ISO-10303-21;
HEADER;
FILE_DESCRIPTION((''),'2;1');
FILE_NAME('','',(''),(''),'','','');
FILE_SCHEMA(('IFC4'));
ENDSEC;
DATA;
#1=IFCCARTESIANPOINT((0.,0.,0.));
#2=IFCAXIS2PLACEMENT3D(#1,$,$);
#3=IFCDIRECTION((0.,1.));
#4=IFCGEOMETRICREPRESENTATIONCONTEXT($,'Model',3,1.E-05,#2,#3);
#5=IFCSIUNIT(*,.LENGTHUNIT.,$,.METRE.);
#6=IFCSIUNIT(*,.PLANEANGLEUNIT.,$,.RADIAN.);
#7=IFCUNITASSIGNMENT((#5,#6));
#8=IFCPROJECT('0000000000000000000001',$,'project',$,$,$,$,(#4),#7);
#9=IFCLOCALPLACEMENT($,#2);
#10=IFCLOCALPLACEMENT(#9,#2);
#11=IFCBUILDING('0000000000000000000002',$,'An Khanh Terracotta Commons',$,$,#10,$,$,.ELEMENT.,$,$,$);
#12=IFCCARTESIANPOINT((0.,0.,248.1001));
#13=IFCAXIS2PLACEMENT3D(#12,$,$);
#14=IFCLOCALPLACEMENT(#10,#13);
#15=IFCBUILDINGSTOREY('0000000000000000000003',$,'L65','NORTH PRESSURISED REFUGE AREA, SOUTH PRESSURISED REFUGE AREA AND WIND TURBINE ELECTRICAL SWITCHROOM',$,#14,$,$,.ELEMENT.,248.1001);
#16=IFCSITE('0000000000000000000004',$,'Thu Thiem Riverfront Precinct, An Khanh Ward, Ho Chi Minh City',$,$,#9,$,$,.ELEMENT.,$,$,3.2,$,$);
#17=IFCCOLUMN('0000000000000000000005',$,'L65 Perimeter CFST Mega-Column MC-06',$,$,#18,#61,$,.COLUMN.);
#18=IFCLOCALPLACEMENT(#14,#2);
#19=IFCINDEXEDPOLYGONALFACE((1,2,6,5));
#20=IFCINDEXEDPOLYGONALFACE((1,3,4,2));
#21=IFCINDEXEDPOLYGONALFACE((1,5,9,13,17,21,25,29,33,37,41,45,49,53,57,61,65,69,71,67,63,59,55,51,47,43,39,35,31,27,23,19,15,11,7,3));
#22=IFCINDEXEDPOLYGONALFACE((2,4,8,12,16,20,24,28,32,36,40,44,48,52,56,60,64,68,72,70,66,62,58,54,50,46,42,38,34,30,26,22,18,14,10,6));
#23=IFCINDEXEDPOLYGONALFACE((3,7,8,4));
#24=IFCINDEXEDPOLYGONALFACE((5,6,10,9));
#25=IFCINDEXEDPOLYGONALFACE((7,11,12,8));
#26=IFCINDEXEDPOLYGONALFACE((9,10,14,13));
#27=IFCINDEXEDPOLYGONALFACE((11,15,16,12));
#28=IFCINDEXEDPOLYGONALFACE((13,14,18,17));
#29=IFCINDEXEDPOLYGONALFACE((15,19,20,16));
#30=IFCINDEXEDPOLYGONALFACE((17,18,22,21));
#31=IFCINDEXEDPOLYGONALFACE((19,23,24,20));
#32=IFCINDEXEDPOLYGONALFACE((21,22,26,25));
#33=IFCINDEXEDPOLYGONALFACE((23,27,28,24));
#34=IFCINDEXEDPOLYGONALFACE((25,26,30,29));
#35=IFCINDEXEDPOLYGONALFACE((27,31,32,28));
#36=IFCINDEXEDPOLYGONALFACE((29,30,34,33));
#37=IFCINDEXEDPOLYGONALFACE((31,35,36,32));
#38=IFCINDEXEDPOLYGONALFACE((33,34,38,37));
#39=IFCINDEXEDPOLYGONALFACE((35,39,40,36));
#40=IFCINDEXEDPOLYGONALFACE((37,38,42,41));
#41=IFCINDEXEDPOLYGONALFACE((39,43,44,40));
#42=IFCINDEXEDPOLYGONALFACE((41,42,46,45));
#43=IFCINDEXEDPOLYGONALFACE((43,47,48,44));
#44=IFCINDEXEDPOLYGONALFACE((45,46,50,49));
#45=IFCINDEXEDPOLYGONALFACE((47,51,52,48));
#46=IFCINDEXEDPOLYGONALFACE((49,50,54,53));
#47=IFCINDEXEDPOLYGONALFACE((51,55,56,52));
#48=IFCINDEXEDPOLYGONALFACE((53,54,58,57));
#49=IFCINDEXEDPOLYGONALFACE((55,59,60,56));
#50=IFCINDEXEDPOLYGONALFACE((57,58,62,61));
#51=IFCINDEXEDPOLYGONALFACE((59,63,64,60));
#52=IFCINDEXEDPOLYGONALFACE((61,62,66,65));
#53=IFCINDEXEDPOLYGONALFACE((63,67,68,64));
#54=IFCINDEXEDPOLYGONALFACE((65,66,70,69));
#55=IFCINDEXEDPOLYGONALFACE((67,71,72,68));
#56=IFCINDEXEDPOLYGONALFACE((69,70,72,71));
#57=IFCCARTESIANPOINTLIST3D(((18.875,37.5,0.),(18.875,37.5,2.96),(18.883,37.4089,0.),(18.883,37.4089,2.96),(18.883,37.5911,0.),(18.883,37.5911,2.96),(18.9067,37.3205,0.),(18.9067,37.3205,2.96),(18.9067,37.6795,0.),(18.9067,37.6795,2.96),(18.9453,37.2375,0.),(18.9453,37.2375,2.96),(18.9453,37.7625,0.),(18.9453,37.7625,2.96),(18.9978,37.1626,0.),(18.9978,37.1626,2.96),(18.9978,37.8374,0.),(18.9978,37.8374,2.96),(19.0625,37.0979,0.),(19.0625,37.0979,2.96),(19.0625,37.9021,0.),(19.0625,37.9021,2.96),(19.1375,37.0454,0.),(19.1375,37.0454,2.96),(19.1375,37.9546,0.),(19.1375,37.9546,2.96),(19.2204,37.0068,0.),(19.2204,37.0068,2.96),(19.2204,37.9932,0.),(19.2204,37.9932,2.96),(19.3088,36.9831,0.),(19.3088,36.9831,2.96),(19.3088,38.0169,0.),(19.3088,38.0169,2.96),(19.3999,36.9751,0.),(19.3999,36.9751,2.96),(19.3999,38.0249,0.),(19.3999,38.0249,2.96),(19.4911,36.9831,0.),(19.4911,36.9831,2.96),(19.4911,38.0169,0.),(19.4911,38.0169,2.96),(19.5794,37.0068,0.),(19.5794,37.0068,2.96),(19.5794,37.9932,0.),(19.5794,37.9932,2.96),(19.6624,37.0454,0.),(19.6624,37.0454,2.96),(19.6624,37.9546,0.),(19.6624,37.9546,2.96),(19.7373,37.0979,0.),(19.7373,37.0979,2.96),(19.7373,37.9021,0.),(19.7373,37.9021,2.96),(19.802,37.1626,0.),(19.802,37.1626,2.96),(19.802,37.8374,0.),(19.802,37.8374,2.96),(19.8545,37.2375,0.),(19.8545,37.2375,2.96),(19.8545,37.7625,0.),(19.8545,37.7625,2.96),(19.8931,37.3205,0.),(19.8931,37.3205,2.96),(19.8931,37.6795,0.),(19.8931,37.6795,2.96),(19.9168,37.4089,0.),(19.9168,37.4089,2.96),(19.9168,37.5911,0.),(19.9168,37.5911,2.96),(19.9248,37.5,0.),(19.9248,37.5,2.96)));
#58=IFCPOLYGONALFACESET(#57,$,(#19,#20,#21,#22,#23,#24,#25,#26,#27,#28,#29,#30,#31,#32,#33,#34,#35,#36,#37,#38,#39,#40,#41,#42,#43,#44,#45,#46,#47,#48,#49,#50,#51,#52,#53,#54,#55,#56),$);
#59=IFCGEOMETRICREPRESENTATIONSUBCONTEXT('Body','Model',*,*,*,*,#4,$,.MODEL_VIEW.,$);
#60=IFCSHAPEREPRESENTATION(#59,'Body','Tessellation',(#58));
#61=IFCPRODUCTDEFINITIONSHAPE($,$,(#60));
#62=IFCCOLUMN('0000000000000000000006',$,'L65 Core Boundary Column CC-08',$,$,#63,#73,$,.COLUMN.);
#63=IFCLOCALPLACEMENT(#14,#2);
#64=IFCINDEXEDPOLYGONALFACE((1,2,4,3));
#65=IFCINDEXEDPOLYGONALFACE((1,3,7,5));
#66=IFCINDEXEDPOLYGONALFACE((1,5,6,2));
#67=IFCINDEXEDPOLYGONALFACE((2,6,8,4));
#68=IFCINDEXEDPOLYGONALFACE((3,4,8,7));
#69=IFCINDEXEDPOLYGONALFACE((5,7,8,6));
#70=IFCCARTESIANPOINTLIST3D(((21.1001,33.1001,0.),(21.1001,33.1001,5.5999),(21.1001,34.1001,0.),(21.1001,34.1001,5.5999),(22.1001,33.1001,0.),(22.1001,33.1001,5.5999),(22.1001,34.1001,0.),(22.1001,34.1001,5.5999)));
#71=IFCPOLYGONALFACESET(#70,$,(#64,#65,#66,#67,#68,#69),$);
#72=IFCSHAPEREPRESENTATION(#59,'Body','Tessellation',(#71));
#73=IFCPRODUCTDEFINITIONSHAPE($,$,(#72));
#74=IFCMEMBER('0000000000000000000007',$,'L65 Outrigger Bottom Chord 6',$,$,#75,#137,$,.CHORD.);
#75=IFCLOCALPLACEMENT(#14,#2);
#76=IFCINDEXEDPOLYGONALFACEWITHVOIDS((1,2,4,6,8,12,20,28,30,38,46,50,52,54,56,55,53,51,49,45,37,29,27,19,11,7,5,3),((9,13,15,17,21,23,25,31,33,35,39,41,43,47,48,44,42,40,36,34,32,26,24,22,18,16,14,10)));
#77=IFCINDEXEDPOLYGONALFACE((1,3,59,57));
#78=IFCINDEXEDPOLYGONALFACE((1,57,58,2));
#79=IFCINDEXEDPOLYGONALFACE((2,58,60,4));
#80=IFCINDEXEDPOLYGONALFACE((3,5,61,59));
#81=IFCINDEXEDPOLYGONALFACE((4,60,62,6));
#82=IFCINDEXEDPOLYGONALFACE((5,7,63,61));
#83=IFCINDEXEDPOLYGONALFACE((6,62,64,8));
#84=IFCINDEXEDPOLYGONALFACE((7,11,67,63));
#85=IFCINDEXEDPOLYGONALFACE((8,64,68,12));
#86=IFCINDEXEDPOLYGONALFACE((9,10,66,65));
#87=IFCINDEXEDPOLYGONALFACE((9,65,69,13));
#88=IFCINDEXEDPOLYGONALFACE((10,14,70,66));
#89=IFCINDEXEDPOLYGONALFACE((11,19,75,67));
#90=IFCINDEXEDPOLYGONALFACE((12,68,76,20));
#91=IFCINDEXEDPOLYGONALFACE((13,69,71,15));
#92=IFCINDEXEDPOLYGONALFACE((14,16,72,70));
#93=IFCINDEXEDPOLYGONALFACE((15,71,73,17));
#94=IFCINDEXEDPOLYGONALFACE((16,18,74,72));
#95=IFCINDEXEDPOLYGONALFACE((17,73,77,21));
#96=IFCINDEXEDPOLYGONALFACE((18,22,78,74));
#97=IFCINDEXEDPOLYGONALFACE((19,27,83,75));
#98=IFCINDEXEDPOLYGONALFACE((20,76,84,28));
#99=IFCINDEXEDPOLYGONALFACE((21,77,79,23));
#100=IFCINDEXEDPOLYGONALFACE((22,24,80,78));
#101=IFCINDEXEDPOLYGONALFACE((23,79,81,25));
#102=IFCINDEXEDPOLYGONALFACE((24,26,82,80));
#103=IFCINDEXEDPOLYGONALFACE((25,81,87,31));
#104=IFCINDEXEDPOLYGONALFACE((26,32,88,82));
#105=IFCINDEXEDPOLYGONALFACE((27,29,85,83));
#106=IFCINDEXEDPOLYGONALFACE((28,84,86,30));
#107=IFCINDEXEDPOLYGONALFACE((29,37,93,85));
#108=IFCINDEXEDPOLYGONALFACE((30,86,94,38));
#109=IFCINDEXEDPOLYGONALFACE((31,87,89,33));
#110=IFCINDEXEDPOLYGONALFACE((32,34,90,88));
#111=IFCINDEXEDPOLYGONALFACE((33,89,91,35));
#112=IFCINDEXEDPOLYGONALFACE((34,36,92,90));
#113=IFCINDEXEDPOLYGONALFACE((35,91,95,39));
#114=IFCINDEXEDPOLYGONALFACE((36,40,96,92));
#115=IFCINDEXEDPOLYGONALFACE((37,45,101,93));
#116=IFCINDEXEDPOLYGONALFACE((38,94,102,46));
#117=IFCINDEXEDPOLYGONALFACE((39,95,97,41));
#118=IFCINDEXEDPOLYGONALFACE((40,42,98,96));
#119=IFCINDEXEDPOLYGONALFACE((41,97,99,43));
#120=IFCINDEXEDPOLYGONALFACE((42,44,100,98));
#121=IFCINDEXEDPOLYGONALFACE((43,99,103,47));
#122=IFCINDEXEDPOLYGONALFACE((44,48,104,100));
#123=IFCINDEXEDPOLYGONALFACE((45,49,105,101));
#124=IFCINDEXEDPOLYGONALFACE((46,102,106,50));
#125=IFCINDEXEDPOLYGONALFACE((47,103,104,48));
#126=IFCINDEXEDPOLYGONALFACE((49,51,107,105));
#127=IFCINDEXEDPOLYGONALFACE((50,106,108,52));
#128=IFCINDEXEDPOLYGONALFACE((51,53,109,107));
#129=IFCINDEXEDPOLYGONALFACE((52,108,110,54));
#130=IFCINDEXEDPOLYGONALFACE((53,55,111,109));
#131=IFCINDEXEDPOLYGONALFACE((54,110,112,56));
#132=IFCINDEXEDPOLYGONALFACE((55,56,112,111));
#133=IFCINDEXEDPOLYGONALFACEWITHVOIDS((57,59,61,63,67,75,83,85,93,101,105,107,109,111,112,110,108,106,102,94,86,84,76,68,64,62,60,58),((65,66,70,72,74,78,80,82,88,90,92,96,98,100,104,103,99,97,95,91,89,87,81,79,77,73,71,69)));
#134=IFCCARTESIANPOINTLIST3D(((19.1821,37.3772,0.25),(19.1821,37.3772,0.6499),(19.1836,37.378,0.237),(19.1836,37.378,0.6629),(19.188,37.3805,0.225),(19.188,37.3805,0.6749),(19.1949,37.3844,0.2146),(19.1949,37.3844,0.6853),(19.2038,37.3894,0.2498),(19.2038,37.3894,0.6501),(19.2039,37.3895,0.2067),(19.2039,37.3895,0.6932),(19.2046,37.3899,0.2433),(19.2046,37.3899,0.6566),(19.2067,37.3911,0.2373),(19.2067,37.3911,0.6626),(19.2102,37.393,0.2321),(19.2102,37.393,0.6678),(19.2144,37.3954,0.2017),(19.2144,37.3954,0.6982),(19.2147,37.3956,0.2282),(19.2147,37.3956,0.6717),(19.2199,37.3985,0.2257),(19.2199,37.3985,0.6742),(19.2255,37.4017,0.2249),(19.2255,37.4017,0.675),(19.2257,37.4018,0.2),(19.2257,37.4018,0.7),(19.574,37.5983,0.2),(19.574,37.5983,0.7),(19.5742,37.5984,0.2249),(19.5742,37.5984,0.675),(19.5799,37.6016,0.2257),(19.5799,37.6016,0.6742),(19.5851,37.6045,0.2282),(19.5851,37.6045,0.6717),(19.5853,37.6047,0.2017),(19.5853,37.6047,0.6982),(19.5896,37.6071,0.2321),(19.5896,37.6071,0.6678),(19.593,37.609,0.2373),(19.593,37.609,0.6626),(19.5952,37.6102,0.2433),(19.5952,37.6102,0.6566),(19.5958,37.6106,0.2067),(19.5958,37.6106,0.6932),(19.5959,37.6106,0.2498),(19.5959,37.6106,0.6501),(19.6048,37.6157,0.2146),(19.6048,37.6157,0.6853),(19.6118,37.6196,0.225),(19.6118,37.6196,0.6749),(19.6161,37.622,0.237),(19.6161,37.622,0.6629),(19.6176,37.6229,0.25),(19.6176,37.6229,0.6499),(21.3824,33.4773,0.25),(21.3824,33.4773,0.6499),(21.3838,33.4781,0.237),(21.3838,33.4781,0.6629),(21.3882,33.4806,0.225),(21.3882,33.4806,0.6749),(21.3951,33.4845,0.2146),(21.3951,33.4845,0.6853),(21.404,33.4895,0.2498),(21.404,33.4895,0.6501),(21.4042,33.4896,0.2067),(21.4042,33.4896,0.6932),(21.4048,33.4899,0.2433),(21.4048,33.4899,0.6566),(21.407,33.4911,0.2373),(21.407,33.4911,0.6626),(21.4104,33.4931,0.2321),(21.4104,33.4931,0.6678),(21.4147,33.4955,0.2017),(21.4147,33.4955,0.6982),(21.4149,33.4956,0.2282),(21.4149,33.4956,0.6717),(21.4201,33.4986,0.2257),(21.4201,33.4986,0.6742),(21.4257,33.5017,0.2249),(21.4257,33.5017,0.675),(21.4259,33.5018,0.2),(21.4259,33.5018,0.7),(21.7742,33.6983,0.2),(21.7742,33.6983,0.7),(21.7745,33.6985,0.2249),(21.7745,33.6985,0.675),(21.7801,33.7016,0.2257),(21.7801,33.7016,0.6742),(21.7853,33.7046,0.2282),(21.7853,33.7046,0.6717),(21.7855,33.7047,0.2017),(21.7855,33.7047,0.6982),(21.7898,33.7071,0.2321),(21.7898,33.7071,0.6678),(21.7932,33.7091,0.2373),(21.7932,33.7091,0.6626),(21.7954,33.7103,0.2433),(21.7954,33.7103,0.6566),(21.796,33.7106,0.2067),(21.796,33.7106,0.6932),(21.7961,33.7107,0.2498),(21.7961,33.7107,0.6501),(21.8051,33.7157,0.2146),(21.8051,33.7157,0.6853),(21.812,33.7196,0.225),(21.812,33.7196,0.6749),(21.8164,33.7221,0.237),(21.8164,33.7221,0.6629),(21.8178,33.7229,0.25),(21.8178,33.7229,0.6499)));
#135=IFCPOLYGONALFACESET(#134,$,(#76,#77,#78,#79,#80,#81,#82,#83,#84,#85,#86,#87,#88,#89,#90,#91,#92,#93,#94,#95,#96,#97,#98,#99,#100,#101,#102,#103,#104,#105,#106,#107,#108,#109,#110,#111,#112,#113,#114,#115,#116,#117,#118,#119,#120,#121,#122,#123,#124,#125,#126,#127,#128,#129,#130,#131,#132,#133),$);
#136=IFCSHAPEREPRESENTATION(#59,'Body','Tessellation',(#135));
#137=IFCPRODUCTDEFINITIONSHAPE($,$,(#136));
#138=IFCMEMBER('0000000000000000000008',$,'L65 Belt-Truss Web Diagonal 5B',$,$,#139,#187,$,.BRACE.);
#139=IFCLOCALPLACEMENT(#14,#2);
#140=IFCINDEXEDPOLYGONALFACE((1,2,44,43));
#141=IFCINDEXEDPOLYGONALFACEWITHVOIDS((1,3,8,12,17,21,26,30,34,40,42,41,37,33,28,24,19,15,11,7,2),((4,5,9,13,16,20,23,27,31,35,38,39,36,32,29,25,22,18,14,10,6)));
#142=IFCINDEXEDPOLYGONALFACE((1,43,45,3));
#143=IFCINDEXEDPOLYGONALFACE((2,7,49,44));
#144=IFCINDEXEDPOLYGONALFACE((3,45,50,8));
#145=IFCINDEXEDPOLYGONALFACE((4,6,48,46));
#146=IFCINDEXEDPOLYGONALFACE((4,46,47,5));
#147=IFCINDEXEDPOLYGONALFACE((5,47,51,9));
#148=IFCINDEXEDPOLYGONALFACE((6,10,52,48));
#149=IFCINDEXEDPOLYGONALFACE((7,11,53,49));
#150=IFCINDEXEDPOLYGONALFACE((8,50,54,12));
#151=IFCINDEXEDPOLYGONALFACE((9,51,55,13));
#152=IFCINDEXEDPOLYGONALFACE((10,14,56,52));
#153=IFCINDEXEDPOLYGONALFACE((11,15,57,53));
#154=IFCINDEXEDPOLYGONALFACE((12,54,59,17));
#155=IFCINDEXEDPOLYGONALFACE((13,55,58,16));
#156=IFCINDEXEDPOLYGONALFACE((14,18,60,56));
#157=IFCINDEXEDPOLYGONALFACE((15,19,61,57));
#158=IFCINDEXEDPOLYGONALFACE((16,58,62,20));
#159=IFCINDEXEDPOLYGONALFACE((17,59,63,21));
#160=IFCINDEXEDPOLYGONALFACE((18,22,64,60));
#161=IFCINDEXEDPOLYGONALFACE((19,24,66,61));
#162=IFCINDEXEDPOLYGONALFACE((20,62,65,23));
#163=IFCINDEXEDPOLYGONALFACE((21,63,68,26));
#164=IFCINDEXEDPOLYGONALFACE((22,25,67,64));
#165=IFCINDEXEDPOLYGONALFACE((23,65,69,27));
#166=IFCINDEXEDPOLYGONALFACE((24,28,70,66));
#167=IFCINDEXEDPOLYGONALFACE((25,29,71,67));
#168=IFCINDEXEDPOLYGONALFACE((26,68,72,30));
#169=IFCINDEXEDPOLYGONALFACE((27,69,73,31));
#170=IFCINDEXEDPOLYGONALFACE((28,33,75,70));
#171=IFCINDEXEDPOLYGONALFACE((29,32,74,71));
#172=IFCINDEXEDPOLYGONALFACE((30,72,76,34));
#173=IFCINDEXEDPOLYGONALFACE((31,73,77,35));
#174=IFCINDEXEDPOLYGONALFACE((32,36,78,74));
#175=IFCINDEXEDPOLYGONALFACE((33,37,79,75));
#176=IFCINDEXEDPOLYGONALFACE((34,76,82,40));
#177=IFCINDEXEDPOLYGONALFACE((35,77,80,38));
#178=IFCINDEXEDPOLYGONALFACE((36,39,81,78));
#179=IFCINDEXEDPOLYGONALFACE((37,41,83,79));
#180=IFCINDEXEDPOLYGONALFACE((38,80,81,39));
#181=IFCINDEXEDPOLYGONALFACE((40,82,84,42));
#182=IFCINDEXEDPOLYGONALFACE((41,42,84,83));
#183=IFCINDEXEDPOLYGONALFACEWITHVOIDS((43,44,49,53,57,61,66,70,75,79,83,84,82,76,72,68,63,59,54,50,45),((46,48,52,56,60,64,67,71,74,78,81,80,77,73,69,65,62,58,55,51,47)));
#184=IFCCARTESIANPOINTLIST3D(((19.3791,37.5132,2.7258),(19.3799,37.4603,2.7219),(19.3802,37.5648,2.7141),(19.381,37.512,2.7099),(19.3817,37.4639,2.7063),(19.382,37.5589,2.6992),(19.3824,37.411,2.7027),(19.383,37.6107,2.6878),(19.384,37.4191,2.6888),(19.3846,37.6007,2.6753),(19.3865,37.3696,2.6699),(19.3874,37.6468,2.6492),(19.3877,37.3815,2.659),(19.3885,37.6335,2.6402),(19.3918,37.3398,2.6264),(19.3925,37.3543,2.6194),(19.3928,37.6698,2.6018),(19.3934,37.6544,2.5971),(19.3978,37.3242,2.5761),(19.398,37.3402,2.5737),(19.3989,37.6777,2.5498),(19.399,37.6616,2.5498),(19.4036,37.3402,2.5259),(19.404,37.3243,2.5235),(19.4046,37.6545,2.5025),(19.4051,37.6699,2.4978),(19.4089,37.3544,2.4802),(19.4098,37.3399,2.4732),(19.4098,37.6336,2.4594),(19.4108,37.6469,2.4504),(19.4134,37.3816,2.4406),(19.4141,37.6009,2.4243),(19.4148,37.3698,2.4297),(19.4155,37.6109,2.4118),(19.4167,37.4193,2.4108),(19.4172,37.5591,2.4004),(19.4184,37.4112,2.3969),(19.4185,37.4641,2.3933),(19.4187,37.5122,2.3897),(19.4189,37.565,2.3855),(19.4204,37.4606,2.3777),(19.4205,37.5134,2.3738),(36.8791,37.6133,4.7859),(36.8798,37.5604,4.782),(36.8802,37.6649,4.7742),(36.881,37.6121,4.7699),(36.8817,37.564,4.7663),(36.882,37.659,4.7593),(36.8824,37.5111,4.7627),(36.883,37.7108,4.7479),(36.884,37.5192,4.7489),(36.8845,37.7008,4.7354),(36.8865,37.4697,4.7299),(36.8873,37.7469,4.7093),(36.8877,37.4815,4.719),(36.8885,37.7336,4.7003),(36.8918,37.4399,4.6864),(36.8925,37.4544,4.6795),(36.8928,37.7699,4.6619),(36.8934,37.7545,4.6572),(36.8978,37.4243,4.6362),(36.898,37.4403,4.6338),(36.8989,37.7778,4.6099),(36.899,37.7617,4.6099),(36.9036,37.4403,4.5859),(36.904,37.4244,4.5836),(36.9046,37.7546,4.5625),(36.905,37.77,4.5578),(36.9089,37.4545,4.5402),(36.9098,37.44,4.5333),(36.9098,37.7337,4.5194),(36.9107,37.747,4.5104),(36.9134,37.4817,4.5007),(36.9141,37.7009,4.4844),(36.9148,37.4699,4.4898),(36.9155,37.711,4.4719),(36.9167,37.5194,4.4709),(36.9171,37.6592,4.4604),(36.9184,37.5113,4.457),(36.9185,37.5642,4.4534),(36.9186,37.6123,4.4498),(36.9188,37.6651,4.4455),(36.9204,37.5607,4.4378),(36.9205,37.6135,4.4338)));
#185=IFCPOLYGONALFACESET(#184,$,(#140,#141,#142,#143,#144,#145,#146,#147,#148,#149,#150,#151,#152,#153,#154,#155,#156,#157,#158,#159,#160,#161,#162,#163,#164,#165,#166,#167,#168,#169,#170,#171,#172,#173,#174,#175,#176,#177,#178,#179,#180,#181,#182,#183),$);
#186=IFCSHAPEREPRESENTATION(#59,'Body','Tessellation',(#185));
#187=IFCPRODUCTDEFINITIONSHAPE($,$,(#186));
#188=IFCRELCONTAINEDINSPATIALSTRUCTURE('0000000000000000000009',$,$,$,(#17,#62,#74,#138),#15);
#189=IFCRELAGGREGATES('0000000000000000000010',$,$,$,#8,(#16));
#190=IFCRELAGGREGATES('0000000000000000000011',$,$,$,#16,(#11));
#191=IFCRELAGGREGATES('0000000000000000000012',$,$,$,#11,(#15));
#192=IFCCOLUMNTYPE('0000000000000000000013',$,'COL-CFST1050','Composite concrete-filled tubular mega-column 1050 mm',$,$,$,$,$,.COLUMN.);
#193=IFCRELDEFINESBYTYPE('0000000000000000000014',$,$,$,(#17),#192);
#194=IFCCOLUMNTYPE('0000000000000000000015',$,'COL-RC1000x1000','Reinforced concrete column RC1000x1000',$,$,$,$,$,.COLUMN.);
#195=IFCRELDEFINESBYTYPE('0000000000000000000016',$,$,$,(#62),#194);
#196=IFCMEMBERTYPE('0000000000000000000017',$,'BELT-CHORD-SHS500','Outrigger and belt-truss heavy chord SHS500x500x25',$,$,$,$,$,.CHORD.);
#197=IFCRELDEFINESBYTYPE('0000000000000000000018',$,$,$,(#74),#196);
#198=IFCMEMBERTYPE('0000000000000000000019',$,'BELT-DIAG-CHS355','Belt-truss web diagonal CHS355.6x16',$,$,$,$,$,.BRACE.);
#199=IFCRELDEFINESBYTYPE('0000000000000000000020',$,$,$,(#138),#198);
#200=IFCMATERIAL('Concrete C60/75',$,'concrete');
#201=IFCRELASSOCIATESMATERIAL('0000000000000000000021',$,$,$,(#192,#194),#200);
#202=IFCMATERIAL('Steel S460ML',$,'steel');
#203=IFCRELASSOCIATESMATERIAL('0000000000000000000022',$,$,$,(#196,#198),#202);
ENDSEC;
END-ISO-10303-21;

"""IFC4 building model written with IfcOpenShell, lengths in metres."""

from ifc_helpers import new_model, si_unit, direction, frame, origin, origin_2d, place, context, subcontext, project, spatial, rectangle, hollow_rectangle, circle, hollow_circle, extrude, material, material_profile, profile_set, type_object, element, save


model = new_model("IFC4")

# Units and contexts
model_context = context("Model", 3, precision=1e-05, world=origin(), true_north=direction((0.0, 1.0)))
body_context = subcontext(model_context, "Body", "Model", "MODEL_VIEW")
ifc_project = project(units=[si_unit("LENGTHUNIT", "METRE"), si_unit("PLANEANGLEUNIT", "RADIAN")], contexts=[model_context])

# Site, building, storey
site_placement = place(None, origin())
site = spatial("IfcSite", under=ifc_project, at=site_placement, Name="Thu Thiem Riverfront Precinct, An Khanh Ward, Ho Chi Minh City", CompositionType="ELEMENT", RefElevation=3.2)
building_placement = place(site_placement, origin())
building = spatial("IfcBuilding", under=site, at=building_placement, Name="An Khanh Terracotta Commons", CompositionType="ELEMENT")
storey_placement = place(building_placement, frame((0.0, 0.0, 248.1001)))
storey = spatial("IfcBuildingStorey", under=building, at=storey_placement, Name="L65", Description="NORTH PRESSURISED REFUGE AREA, SOUTH PRESSURISED REFUGE AREA AND WIND TURBINE ELECTRICAL SWITCHROOM", CompositionType="ELEMENT", Elevation=248.1001)

# Columns
ifc_material_1 = material(Name="Concrete C60/75", Category="concrete")
ifc_material_profile_1 = material_profile(ifc_material_1, circle(Radius=0.5249, at=origin_2d()), Name="CFST1050")
ifc_profile_set_1 = profile_set([ifc_material_profile_1], Name="Concrete C60/75")
column_type_1 = type_object("IfcColumnType", Name="COL-CFST1050", Description="Composite concrete-filled tubular mega-column 1050 mm", PredefinedType="COLUMN", material=ifc_profile_set_1)
column_1_placement = place(storey_placement, frame((19.3999, 37.5, 0.0), z_axis=(0.0, 0.0, 1.0), x_axis=(1.0, 0.0, 0.0)))
element("IfcColumn", 1, at=column_1_placement, inside=storey, type_object=column_type_1, Name="L65 Perimeter CFST Mega-Column MC-06", PredefinedType="COLUMN", context=body_context, shape_type="SweptSolid", body=[
    extrude(circle(Radius=0.5249, at=origin_2d()), origin(), (0.0, 0.0, 1.0), 2.96),
])
ifc_material_profile_2 = material_profile(ifc_material_1, rectangle(XDim=1.0, YDim=1.0, at=origin_2d()), Name="RC1000x1000")
ifc_profile_set_2 = profile_set([ifc_material_profile_2], Name="Concrete C60/75")
column_type_2 = type_object("IfcColumnType", Name="COL-RC1000x1000", Description="Reinforced concrete column RC1000x1000", PredefinedType="COLUMN", material=ifc_profile_set_2)
column_2_placement = place(storey_placement, frame((21.6001, 33.6001, 0.0), z_axis=(0.0, 0.0, 1.0), x_axis=(1.0, 0.0, 0.0)))
element("IfcColumn", 2, at=column_2_placement, inside=storey, type_object=column_type_2, Name="L65 Core Boundary Column CC-08", PredefinedType="COLUMN", context=body_context, shape_type="SweptSolid", body=[
    extrude(rectangle(XDim=1.0, YDim=1.0, at=origin_2d()), origin(), (0.0, 0.0, 1.0), 5.5999),
])

# Members
ifc_material_2 = material(Name="Steel S460ML", Category="steel")
ifc_material_profile_3 = material_profile(ifc_material_2, hollow_rectangle(XDim=0.5, YDim=0.5, WallThickness=0.0249, InnerFilletRadius=0.0249, OuterFilletRadius=0.05, at=origin_2d()), Name="SHS500x500x25")
ifc_profile_set_3 = profile_set([ifc_material_profile_3], Name="Steel S460ML")
member_type_1 = type_object("IfcMemberType", Name="BELT-CHORD-SHS500", Description="Outrigger and belt-truss heavy chord SHS500x500x25", PredefinedType="CHORD", material=ifc_profile_set_3)
member_1_placement = place(storey_placement, frame((21.6001, 33.6001, 0.45), z_axis=(-0.491364, 0.870955, 0.0), x_axis=(-0.870955, -0.491364, 0.0)))
element("IfcMember", 3, at=member_1_placement, inside=storey, type_object=member_type_1, Name="L65 Outrigger Bottom Chord 6", PredefinedType="CHORD", context=body_context, shape_type="SweptSolid", body=[
    extrude(hollow_rectangle(XDim=0.5, YDim=0.5, WallThickness=0.0249, InnerFilletRadius=0.0249, OuterFilletRadius=0.05, at=origin_2d()), origin(), (0.0, 0.0, 1.0), 4.4778),
])
ifc_material_profile_4 = material_profile(ifc_material_2, hollow_circle(Radius=0.1777, WallThickness=0.0161, at=origin_2d()), Name="CHS355.6x16")
ifc_profile_set_4 = profile_set([ifc_material_profile_4], Name="Steel S460ML")
member_type_2 = type_object("IfcMemberType", Name="BELT-DIAG-CHS355", Description="Belt-truss web diagonal CHS355.6x16", PredefinedType="BRACE", material=ifc_profile_set_4)
member_2_placement = place(storey_placement, frame((19.3999, 37.5, 2.5498), z_axis=(0.993126, 0.005681, 0.116908), x_axis=(-0.00572, 0.999984, 0.0)))
element("IfcMember", 4, at=member_2_placement, inside=storey, type_object=member_type_2, Name="L65 Belt-Truss Web Diagonal 5B", PredefinedType="BRACE", context=body_context, shape_type="SweptSolid", body=[
    extrude(hollow_circle(Radius=0.1777, WallThickness=0.0161, at=origin_2d()), origin(), (0.0, 0.0, 1.0), 17.6211),
])

save(model, "model.ifc")
